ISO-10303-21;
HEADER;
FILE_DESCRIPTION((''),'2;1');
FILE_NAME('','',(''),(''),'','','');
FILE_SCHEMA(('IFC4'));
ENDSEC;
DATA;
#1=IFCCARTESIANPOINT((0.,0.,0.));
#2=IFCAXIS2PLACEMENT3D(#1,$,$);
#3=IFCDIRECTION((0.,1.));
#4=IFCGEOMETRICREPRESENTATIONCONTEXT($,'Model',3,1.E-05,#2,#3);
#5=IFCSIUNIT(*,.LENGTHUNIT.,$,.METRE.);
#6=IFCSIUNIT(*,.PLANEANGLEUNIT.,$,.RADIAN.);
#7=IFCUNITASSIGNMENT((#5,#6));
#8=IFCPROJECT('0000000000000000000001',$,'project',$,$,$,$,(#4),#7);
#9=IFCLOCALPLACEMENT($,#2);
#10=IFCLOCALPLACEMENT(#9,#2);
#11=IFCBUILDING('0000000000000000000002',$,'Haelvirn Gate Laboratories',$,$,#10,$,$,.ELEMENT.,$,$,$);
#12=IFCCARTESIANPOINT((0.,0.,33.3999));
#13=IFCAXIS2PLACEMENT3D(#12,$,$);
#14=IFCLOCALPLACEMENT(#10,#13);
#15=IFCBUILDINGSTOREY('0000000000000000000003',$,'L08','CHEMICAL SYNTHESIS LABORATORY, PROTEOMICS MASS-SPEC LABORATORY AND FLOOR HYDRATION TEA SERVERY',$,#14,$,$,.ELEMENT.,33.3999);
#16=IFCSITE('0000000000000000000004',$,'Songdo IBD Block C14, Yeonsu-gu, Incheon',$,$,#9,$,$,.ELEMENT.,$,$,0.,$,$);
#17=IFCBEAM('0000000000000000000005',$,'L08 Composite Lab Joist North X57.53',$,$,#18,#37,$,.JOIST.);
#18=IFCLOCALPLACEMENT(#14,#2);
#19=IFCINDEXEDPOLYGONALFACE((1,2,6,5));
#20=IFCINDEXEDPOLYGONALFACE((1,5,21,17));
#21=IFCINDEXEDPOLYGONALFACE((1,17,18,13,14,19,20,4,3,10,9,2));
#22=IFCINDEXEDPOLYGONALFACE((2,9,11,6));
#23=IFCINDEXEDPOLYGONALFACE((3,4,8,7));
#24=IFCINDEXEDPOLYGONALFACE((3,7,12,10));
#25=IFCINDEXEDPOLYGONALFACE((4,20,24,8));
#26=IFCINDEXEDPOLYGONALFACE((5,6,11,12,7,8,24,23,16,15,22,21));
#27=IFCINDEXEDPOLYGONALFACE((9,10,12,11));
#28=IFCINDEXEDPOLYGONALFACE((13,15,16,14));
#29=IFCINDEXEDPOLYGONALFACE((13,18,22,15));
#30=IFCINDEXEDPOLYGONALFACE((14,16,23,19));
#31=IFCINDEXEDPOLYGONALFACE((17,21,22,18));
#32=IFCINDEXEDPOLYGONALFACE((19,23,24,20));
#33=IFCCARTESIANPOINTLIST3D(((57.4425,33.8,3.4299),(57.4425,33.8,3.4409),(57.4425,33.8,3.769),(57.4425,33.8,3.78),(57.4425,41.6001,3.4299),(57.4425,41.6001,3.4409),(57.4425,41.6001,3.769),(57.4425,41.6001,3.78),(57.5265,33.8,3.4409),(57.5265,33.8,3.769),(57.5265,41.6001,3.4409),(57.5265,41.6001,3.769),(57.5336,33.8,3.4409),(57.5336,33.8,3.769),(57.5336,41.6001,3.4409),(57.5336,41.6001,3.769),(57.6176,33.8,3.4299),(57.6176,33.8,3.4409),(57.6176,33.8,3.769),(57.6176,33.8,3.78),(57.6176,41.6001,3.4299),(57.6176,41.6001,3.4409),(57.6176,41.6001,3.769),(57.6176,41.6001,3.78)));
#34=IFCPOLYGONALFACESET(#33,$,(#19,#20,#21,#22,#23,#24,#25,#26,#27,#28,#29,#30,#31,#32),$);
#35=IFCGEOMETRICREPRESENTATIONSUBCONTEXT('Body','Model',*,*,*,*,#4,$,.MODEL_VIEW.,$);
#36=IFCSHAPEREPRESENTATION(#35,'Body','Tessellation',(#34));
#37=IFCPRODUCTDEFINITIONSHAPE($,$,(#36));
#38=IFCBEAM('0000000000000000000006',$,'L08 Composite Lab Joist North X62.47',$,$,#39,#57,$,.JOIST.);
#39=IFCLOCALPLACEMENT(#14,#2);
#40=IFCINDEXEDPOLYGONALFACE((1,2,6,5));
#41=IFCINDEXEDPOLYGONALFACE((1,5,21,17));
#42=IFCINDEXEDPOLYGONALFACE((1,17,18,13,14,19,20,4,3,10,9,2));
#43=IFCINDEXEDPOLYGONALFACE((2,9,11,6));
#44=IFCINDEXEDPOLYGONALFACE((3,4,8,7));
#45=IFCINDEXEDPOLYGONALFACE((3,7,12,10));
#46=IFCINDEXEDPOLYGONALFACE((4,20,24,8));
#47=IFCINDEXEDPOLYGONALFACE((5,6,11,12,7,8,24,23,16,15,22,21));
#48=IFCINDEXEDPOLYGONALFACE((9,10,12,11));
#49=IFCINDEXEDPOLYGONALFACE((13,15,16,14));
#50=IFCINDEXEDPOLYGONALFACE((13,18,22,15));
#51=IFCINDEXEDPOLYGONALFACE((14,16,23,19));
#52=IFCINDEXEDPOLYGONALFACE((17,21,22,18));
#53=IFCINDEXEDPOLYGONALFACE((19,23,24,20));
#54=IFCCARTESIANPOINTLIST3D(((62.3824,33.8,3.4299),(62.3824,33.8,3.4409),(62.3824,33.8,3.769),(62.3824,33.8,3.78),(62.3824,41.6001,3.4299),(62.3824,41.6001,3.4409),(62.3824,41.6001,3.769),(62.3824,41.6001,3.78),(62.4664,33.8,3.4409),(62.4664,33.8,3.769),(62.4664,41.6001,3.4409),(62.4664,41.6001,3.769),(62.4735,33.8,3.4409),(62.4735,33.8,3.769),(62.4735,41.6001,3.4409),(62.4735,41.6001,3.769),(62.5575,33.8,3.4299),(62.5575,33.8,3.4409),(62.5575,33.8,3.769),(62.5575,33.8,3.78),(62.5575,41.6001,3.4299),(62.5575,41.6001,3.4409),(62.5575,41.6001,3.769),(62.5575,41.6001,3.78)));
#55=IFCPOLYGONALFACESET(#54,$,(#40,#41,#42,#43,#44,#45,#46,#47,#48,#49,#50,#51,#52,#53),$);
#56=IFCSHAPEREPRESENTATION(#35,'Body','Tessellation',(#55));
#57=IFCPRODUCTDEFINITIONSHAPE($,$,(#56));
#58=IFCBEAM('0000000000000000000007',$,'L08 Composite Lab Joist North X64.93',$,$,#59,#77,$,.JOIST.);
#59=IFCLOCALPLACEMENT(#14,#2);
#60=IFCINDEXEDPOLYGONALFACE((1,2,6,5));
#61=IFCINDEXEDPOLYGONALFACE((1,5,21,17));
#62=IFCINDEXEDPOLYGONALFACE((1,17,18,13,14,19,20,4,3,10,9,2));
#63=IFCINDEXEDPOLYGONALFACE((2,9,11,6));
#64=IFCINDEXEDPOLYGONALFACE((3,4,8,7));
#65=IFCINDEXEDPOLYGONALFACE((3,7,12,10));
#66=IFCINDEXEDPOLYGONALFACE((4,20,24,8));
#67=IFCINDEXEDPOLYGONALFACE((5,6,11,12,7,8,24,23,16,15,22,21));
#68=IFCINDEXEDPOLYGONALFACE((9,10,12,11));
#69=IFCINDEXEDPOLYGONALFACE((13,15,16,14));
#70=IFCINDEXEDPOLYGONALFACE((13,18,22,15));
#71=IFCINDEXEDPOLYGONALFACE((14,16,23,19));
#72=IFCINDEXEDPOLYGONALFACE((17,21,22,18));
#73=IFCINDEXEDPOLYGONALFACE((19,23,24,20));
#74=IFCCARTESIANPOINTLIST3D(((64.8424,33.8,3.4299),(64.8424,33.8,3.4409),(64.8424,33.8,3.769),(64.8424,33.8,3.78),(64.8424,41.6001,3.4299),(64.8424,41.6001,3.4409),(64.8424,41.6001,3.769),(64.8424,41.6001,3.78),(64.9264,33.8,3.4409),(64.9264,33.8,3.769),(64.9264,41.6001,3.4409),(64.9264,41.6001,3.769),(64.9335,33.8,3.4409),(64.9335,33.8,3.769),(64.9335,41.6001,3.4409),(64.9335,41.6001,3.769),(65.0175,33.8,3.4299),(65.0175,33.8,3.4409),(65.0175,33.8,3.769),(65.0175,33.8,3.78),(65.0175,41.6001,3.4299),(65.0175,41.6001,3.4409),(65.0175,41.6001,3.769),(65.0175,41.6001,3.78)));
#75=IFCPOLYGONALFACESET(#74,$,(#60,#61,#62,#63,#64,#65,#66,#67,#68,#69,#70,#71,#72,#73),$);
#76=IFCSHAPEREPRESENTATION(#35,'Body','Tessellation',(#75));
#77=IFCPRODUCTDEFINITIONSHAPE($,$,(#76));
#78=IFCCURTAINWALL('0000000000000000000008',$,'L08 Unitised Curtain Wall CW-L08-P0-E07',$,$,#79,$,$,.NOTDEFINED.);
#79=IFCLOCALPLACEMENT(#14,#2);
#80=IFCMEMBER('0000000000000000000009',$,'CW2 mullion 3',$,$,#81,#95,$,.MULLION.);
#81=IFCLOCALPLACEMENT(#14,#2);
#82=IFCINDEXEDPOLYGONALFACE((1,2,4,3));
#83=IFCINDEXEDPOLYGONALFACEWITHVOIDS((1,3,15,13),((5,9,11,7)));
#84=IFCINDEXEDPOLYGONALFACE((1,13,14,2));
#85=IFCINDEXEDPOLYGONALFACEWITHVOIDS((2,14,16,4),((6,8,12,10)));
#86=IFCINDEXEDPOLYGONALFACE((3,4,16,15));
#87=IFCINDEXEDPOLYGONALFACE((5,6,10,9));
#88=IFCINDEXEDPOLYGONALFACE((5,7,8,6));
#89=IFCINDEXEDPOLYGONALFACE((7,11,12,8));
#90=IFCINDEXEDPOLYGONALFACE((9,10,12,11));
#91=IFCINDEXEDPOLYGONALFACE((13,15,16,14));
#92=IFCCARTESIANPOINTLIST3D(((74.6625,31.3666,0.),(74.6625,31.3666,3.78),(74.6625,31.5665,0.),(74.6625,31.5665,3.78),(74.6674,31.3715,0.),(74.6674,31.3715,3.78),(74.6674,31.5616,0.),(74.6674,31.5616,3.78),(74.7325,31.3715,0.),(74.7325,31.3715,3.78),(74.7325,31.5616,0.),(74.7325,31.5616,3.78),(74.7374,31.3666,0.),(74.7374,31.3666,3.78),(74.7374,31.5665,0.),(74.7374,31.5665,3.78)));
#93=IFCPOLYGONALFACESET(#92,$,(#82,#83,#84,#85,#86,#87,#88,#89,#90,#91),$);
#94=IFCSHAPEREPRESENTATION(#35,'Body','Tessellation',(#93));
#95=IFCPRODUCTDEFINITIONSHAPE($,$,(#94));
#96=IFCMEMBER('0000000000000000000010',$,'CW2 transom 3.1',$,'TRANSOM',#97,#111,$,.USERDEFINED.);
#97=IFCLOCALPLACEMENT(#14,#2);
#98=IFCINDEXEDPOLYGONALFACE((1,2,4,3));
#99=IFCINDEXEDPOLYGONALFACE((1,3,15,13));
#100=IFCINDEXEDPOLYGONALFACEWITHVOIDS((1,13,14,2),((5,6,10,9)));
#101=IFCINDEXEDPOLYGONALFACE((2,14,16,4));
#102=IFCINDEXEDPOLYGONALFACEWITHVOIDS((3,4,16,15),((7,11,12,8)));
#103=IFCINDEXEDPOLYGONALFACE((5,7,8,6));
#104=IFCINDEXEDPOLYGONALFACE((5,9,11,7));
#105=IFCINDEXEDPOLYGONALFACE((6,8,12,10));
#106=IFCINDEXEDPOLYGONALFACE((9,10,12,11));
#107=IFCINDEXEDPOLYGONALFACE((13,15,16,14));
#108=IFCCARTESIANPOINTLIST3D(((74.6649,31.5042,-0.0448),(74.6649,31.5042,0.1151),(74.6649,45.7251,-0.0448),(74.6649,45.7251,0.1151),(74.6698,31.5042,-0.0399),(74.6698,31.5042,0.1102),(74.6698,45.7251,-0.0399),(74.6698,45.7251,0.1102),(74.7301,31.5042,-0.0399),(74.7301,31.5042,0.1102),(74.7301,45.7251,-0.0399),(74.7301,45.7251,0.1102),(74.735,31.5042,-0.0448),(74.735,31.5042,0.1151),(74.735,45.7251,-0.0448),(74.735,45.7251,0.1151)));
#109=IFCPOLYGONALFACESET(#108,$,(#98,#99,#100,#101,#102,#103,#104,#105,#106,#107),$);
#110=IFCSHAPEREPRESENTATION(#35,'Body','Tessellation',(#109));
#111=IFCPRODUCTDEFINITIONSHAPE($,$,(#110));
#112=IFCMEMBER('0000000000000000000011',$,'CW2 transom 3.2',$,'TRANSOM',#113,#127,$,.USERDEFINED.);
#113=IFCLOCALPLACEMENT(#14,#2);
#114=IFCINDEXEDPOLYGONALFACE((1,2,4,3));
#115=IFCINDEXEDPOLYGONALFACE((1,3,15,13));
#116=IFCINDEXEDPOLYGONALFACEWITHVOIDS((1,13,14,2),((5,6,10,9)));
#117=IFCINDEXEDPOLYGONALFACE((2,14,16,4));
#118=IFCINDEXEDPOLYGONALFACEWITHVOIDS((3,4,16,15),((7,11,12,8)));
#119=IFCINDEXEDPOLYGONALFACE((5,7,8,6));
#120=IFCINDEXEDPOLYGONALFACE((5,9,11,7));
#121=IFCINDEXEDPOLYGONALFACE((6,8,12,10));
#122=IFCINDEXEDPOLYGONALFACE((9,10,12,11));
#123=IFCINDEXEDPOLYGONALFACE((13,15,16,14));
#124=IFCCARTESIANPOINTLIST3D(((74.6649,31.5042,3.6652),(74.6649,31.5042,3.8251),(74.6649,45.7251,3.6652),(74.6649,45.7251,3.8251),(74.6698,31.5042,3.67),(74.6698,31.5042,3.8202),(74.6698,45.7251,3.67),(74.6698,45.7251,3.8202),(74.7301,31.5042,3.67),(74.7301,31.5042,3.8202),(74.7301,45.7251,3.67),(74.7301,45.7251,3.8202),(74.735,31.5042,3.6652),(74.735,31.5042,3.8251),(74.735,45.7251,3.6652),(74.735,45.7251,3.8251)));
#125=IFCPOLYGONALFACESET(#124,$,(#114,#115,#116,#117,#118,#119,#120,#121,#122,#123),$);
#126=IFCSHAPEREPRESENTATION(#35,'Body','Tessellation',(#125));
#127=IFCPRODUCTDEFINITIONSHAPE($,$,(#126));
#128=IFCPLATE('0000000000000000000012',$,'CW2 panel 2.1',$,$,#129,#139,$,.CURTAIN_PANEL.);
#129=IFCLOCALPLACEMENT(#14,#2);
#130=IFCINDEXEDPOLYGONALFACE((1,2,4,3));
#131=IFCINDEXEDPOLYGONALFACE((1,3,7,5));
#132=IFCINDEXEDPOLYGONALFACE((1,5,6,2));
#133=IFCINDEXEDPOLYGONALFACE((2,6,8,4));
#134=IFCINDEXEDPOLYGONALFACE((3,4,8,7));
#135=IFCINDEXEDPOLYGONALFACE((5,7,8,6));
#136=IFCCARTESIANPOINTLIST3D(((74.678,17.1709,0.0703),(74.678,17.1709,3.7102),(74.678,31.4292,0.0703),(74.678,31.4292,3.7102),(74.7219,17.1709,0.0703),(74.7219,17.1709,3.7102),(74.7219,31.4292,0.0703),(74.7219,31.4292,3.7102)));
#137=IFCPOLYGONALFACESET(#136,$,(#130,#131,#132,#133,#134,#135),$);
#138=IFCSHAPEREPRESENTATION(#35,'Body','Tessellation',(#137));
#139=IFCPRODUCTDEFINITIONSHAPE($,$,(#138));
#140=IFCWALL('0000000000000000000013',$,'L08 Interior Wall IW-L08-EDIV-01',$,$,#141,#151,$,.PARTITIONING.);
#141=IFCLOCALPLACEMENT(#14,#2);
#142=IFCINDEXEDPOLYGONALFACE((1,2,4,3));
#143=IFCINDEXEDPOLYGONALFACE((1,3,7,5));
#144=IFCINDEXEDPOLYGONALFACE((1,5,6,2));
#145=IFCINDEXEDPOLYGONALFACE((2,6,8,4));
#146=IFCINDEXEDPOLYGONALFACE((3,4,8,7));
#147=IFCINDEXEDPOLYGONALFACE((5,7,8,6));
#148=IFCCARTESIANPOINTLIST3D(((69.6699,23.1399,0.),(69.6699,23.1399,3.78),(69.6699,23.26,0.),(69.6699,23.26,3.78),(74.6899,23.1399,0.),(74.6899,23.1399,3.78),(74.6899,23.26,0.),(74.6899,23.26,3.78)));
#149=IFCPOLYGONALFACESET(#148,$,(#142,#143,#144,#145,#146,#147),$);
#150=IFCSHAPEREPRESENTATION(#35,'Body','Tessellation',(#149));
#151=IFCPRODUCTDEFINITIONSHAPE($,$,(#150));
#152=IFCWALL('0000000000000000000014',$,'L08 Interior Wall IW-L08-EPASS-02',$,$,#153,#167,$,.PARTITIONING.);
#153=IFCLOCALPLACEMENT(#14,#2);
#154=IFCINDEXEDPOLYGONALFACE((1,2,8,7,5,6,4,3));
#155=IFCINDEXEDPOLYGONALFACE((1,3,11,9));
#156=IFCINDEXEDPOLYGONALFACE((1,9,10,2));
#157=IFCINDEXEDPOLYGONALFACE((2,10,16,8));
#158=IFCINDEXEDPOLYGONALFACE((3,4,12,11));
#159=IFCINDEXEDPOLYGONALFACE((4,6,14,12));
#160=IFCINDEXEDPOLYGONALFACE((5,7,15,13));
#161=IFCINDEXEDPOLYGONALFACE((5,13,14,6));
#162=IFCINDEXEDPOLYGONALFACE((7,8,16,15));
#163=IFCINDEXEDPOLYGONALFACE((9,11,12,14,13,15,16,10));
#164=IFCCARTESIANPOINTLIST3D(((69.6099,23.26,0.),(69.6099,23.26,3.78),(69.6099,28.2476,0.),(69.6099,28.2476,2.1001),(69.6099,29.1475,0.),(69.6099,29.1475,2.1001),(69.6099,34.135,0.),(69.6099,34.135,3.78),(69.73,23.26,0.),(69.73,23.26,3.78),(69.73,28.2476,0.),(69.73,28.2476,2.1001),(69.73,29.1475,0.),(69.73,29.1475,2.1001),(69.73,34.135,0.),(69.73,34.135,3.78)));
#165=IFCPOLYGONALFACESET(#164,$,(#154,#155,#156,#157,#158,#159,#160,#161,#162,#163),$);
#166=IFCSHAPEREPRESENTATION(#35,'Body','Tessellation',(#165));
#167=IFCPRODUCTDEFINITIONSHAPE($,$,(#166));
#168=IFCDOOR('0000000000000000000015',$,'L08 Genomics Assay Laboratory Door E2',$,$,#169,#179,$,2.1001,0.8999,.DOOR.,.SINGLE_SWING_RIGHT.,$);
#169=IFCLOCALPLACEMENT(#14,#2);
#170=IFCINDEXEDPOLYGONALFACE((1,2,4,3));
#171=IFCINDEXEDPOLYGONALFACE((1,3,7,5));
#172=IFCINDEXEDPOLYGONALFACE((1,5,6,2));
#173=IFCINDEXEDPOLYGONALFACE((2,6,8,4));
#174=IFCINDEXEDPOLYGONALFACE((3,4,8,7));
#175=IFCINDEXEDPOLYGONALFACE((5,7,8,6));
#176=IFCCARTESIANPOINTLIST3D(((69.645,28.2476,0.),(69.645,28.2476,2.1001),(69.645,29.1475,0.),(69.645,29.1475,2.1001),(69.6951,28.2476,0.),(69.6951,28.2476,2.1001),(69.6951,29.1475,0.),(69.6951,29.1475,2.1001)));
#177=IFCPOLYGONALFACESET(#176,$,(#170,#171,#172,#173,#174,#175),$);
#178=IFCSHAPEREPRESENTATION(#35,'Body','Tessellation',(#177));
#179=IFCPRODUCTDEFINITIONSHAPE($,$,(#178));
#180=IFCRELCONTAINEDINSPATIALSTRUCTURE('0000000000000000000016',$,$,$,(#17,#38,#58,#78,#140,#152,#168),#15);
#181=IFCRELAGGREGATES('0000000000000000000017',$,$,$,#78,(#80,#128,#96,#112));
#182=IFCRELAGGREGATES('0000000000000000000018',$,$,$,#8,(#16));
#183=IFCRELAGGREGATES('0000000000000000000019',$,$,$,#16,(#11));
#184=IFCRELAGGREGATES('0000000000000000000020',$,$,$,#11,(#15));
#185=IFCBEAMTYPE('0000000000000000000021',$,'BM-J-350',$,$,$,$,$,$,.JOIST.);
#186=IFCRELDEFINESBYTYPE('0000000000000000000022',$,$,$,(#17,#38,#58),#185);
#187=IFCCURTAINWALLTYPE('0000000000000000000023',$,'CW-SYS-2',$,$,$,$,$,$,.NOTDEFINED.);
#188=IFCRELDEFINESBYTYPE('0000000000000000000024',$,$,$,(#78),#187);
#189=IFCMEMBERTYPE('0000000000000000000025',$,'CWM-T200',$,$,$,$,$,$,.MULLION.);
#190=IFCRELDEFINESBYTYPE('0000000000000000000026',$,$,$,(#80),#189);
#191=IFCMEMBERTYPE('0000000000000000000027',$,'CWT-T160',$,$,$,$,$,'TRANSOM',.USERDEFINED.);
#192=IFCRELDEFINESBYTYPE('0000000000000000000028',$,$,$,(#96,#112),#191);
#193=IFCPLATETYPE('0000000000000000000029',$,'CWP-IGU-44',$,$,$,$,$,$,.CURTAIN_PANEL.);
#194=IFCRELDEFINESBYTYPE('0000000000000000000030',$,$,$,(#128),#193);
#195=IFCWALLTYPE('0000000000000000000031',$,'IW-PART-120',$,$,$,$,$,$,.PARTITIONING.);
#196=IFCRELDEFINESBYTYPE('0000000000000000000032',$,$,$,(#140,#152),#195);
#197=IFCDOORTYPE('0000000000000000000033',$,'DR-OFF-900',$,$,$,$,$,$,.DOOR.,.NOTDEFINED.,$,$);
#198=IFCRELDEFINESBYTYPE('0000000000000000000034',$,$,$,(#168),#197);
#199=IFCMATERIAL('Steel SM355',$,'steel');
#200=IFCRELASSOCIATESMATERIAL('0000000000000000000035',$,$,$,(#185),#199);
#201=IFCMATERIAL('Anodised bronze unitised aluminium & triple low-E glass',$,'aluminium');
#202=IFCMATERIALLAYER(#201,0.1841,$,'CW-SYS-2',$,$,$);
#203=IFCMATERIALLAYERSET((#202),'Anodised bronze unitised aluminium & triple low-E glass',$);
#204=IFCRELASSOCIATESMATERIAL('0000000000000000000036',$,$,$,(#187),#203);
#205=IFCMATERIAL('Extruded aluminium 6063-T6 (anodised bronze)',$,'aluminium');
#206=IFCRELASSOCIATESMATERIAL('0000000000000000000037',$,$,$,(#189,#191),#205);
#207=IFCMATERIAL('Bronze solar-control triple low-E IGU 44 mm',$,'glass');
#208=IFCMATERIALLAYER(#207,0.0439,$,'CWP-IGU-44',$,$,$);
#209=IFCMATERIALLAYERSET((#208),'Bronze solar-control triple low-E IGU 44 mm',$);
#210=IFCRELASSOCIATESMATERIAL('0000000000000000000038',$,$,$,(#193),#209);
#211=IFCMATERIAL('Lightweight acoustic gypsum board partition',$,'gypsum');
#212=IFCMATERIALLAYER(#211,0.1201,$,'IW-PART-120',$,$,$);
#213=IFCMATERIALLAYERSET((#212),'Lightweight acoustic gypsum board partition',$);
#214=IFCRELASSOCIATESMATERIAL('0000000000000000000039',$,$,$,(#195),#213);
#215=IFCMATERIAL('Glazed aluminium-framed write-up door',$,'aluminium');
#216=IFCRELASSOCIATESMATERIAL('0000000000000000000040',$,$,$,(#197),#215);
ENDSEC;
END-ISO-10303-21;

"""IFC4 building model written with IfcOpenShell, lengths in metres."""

from ifc_helpers import new_model, si_unit, direction, frame, frame_2d, origin, origin_2d, place, context, subcontext, project, spatial, rectangle, hollow_rectangle, i_section, extrude, source, transform, mapped, material, layer, layer_set, material_profile, profile_set, type_object, type_shapes, element, fill, aggregate, save


model = new_model("IFC4")

# Units and contexts
model_context = context("Model", 3, precision=1e-05, world=origin(), true_north=direction((0.0, 1.0)))
body_context = subcontext(model_context, "Body", "Model", "MODEL_VIEW")
ifc_project = project(units=[si_unit("LENGTHUNIT", "METRE"), si_unit("PLANEANGLEUNIT", "RADIAN")], contexts=[model_context])

# Site, building, storey
site_placement = place(None, origin())
site = spatial("IfcSite", under=ifc_project, at=site_placement, Name="Songdo IBD Block C14, Yeonsu-gu, Incheon", CompositionType="ELEMENT", RefElevation=0.0)
building_placement = place(site_placement, origin())
building = spatial("IfcBuilding", under=site, at=building_placement, Name="Haelvirn Gate Laboratories", CompositionType="ELEMENT")
storey_placement = place(building_placement, frame((0.0, 0.0, 33.3999)))
storey = spatial("IfcBuildingStorey", under=building, at=storey_placement, Name="L08", Description="CHEMICAL SYNTHESIS LABORATORY, PROTEOMICS MASS-SPEC LABORATORY AND FLOOR HYDRATION TEA SERVERY", CompositionType="ELEMENT", Elevation=33.3999)

# Beams
ifc_material_1 = material(Name="Steel SM355", Category="steel")
ifc_material_profile_1 = material_profile(ifc_material_1, i_section(OverallWidth=0.175, OverallDepth=0.3501, WebThickness=0.0071, FlangeThickness=0.011, at=origin_2d()), Name="H-350x175x7x11")
ifc_profile_set_1 = profile_set([ifc_material_profile_1], Name="Steel SM355")
beam_type = type_object("IfcBeamType", Name="BM-J-350", PredefinedType="JOIST", material=ifc_profile_set_1)
shared_shape_1 = source(origin(), body_context, "Body", "SweptSolid", [
    extrude(i_section(OverallWidth=0.175, OverallDepth=0.3501, WebThickness=0.0071, FlangeThickness=0.011, at=origin_2d()), origin(), (0.0, 0.0, 1.0), 7.8),
])
type_shapes(beam_type, [shared_shape_1])
for number, where, z_axis, x_axis, name in (
    (1, (57.53, 33.8, 3.605), (0.0, 1.0, 0.0), (-1.0, 0.0, 0.0), "L08 Composite Lab Joist North X57.53"),
    (2, (62.47, 33.8, 3.605), (0.0, 1.0, 0.0), (-1.0, 0.0, 0.0), "L08 Composite Lab Joist North X62.47"),
    (3, (64.9299, 33.8, 3.605), (0.0, 1.0, 0.0), (-1.0, 0.0, 0.0), "L08 Composite Lab Joist North X64.93"),
):
    element("IfcBeam", number, at=place(storey_placement, frame(where, z_axis=z_axis, x_axis=x_axis)), inside=storey, type_object=beam_type, Name=name, PredefinedType="JOIST", context=body_context, shape_type="MappedRepresentation", body=[
        mapped(shared_shape_1, transform((0.0, 0.0, 0.0), scale=1.0)),
    ])

# Curtain wall, members, plate
ifc_material_2 = material(Name="Anodised bronze unitised aluminium & triple low-E glass", Category="aluminium")
ifc_layer_1 = layer(ifc_material_2, 0.1841, Name="CW-SYS-2")
ifc_layer_set_1 = layer_set([ifc_layer_1], Name="Anodised bronze unitised aluminium & triple low-E glass")
curtain_wall_type = type_object("IfcCurtainWallType", Name="CW-SYS-2", PredefinedType="NOTDEFINED", material=ifc_layer_set_1)
curtain_wall_placement = place(storey_placement, origin())
curtain_wall = element("IfcCurtainWall", 4, at=curtain_wall_placement, inside=storey, type_object=curtain_wall_type, Name="L08 Unitised Curtain Wall CW-L08-P0-E07", PredefinedType="NOTDEFINED")
ifc_material_3 = material(Name="Extruded aluminium 6063-T6 (anodised bronze)", Category="aluminium")
ifc_material_profile_2 = material_profile(ifc_material_3, hollow_rectangle(XDim=0.075, YDim=0.2, WallThickness=0.0049, at=origin_2d()), Name="CWM-200x75x5")
ifc_profile_set_2 = profile_set([ifc_material_profile_2], Name="Extruded aluminium 6063-T6 (anodised bronze)")
member_type_1 = type_object("IfcMemberType", Name="CWM-T200", PredefinedType="MULLION", material=ifc_profile_set_2)
shared_shape_2 = source(origin(), body_context, "Body", "SweptSolid", [
    extrude(hollow_rectangle(XDim=0.075, YDim=0.2, WallThickness=0.0049, at=origin_2d()), origin(), (0.0, 0.0, 1.0), 3.78),
])
type_shapes(member_type_1, [shared_shape_2])
member_1_placement = place(storey_placement, frame((74.7, 31.4666, 0.0), z_axis=(0.0, 0.0, 1.0), x_axis=(-1.0, 0.0, 0.0)))
member_1 = element("IfcMember", 5, at=member_1_placement, type_object=member_type_1, Name="CW2 mullion 3", PredefinedType="MULLION", context=body_context, shape_type="MappedRepresentation", body=[
    mapped(shared_shape_2, transform((0.0, 0.0, 0.0), scale=1.0)),
])
ifc_material_profile_3 = material_profile(ifc_material_3, hollow_rectangle(XDim=0.0701, YDim=0.1599, WallThickness=0.0049, at=origin_2d()), Name="CWT-160x70x5")
ifc_profile_set_3 = profile_set([ifc_material_profile_3], Name="Extruded aluminium 6063-T6 (anodised bronze)")
member_type_2 = type_object("IfcMemberType", Name="CWT-T160", ElementType="TRANSOM", PredefinedType="USERDEFINED", material=ifc_profile_set_3)
shared_shape_3 = source(origin(), body_context, "Body", "SweptSolid", [
    extrude(hollow_rectangle(XDim=0.0701, YDim=0.1599, WallThickness=0.0049, at=origin_2d()), origin(), (0.0, 0.0, 1.0), 14.2209),
])
type_shapes(member_type_2, [shared_shape_3])
member_2_placement = place(storey_placement, frame((74.7, 31.5042, 0.0352), z_axis=(0.0, 1.0, 0.0), x_axis=(-1.0, 0.0, 0.0)))
member_2 = element("IfcMember", 6, at=member_2_placement, type_object=member_type_2, Name="CW2 transom 3.1", ObjectType="TRANSOM", PredefinedType="USERDEFINED", context=body_context, shape_type="MappedRepresentation", body=[
    mapped(shared_shape_3, transform((0.0, 0.0, 0.0), scale=1.0)),
])
member_3_placement = place(storey_placement, frame((74.7, 31.5042, 3.7451), z_axis=(0.0, 1.0, 0.0), x_axis=(-1.0, 0.0, 0.0)))
member_3 = element("IfcMember", 7, at=member_3_placement, type_object=member_type_2, Name="CW2 transom 3.2", ObjectType="TRANSOM", PredefinedType="USERDEFINED", context=body_context, shape_type="MappedRepresentation", body=[
    mapped(shared_shape_3, transform((0.0, 0.0, 0.0), scale=1.0)),
])
ifc_material_4 = material(Name="Bronze solar-control triple low-E IGU 44 mm", Category="glass")
ifc_layer_2 = layer(ifc_material_4, 0.0439, Name="CWP-IGU-44")
ifc_layer_set_2 = layer_set([ifc_layer_2], Name="Bronze solar-control triple low-E IGU 44 mm")
plate_type = type_object("IfcPlateType", Name="CWP-IGU-44", PredefinedType="CURTAIN_PANEL", material=ifc_layer_set_2)
shared_shape_4 = source(origin(), body_context, "Body", "SweptSolid", [
    extrude(rectangle(XDim=14.2583, YDim=0.0439, at=origin_2d()), origin(), (0.0, 0.0, 1.0), 3.6399),
])
type_shapes(plate_type, [shared_shape_4])
plate_placement = place(storey_placement, frame((74.7, 24.3, 0.0703), z_axis=(0.0, 0.0, 1.0), x_axis=(0.0, 1.0, 0.0)))
plate = element("IfcPlate", 8, at=plate_placement, type_object=plate_type, Name="CW2 panel 2.1", PredefinedType="CURTAIN_PANEL", context=body_context, shape_type="MappedRepresentation", body=[
    mapped(shared_shape_4, transform((0.0, 0.0, 0.0), scale=1.0)),
])
aggregate(curtain_wall, [member_1, plate, member_2, member_3])

# Wall
ifc_material_5 = material(Name="Lightweight acoustic gypsum board partition", Category="gypsum")
ifc_layer_3 = layer(ifc_material_5, 0.1201, Name="IW-PART-120")
ifc_layer_set_3 = layer_set([ifc_layer_3], Name="Lightweight acoustic gypsum board partition")
wall_type_1 = type_object("IfcWallType", Name="IW-PART-120", PredefinedType="PARTITIONING", material=ifc_layer_set_3)
wall_1_placement = place(storey_placement, frame((69.6699, 23.2, 0.0), z_axis=(0.0, 0.0, 1.0), x_axis=(1.0, 0.0, 0.0)))
element("IfcWall", 9, at=wall_1_placement, inside=storey, type_object=wall_type_1, Name="L08 Interior Wall IW-L08-EDIV-01", PredefinedType="PARTITIONING", context=body_context, shape_type="SweptSolid", body=[
    extrude(rectangle(XDim=5.02, YDim=0.1201, at=frame_2d((2.51, 0.0))), origin(), (0.0, 0.0, 1.0), 3.78),
])

# Wall, opening, door
wall_2_placement = place(storey_placement, frame((69.6699, 23.26, 0.0), z_axis=(0.0, 0.0, 1.0), x_axis=(0.0, 1.0, 0.0)))
wall_2 = element("IfcWall", 10, at=wall_2_placement, inside=storey, type_object=wall_type_1, Name="L08 Interior Wall IW-L08-EPASS-02", PredefinedType="PARTITIONING", context=body_context, shape_type="SweptSolid", body=[
    extrude(rectangle(XDim=10.875, YDim=0.1201, at=frame_2d((5.4375, 0.0))), origin(), (0.0, 0.0, 1.0), 3.78),
])
opening_1_placement = place(wall_2_placement, frame((4.9875, 0.0, 0.0)))
opening_1 = element("IfcOpeningElement", 11, at=opening_1_placement, cuts=wall_2, PredefinedType="OPENING", context=body_context, shape_type="SweptSolid", body=[
    extrude(rectangle(XDim=0.8999, YDim=2.1001, at=frame_2d((0.45, 1.05))), frame((0.0, 0.0701, 0.0), z_axis=(0.0, -1.0, 0.0), x_axis=(1.0, 0.0, 0.0)), (0.0, 0.0, 1.0), 0.1401),
])
ifc_material_6 = material(Name="Glazed aluminium-framed write-up door", Category="aluminium")
door_type_1 = type_object("IfcDoorType", Name="DR-OFF-900", OperationType="NOTDEFINED", PredefinedType="DOOR", material=ifc_material_6)
shared_shape_5 = source(origin(), body_context, "Body", "SweptSolid", [
    extrude(rectangle(XDim=0.8999, YDim=2.1001, at=frame_2d((0.45, 1.05))), frame((0.0, 0.0249, 0.0), z_axis=(0.0, -1.0, 0.0), x_axis=(1.0, 0.0, 0.0)), (0.0, 0.0, 1.0), 0.05),
])
type_shapes(door_type_1, [shared_shape_5])
door_1_placement = place(opening_1_placement, origin())
door_1 = element("IfcDoor", 12, at=door_1_placement, inside=storey, type_object=door_type_1, Name="L08 Genomics Assay Laboratory Door E2", OperationType="SINGLE_SWING_RIGHT", OverallHeight=2.1001, OverallWidth=0.8999, PredefinedType="DOOR", context=body_context, shape_type="MappedRepresentation", body=[
    mapped(shared_shape_5, transform((0.0, 0.0, 0.0), scale=1.0)),
])
fill(opening_1, door_1)

save(model, "model.ifc")
